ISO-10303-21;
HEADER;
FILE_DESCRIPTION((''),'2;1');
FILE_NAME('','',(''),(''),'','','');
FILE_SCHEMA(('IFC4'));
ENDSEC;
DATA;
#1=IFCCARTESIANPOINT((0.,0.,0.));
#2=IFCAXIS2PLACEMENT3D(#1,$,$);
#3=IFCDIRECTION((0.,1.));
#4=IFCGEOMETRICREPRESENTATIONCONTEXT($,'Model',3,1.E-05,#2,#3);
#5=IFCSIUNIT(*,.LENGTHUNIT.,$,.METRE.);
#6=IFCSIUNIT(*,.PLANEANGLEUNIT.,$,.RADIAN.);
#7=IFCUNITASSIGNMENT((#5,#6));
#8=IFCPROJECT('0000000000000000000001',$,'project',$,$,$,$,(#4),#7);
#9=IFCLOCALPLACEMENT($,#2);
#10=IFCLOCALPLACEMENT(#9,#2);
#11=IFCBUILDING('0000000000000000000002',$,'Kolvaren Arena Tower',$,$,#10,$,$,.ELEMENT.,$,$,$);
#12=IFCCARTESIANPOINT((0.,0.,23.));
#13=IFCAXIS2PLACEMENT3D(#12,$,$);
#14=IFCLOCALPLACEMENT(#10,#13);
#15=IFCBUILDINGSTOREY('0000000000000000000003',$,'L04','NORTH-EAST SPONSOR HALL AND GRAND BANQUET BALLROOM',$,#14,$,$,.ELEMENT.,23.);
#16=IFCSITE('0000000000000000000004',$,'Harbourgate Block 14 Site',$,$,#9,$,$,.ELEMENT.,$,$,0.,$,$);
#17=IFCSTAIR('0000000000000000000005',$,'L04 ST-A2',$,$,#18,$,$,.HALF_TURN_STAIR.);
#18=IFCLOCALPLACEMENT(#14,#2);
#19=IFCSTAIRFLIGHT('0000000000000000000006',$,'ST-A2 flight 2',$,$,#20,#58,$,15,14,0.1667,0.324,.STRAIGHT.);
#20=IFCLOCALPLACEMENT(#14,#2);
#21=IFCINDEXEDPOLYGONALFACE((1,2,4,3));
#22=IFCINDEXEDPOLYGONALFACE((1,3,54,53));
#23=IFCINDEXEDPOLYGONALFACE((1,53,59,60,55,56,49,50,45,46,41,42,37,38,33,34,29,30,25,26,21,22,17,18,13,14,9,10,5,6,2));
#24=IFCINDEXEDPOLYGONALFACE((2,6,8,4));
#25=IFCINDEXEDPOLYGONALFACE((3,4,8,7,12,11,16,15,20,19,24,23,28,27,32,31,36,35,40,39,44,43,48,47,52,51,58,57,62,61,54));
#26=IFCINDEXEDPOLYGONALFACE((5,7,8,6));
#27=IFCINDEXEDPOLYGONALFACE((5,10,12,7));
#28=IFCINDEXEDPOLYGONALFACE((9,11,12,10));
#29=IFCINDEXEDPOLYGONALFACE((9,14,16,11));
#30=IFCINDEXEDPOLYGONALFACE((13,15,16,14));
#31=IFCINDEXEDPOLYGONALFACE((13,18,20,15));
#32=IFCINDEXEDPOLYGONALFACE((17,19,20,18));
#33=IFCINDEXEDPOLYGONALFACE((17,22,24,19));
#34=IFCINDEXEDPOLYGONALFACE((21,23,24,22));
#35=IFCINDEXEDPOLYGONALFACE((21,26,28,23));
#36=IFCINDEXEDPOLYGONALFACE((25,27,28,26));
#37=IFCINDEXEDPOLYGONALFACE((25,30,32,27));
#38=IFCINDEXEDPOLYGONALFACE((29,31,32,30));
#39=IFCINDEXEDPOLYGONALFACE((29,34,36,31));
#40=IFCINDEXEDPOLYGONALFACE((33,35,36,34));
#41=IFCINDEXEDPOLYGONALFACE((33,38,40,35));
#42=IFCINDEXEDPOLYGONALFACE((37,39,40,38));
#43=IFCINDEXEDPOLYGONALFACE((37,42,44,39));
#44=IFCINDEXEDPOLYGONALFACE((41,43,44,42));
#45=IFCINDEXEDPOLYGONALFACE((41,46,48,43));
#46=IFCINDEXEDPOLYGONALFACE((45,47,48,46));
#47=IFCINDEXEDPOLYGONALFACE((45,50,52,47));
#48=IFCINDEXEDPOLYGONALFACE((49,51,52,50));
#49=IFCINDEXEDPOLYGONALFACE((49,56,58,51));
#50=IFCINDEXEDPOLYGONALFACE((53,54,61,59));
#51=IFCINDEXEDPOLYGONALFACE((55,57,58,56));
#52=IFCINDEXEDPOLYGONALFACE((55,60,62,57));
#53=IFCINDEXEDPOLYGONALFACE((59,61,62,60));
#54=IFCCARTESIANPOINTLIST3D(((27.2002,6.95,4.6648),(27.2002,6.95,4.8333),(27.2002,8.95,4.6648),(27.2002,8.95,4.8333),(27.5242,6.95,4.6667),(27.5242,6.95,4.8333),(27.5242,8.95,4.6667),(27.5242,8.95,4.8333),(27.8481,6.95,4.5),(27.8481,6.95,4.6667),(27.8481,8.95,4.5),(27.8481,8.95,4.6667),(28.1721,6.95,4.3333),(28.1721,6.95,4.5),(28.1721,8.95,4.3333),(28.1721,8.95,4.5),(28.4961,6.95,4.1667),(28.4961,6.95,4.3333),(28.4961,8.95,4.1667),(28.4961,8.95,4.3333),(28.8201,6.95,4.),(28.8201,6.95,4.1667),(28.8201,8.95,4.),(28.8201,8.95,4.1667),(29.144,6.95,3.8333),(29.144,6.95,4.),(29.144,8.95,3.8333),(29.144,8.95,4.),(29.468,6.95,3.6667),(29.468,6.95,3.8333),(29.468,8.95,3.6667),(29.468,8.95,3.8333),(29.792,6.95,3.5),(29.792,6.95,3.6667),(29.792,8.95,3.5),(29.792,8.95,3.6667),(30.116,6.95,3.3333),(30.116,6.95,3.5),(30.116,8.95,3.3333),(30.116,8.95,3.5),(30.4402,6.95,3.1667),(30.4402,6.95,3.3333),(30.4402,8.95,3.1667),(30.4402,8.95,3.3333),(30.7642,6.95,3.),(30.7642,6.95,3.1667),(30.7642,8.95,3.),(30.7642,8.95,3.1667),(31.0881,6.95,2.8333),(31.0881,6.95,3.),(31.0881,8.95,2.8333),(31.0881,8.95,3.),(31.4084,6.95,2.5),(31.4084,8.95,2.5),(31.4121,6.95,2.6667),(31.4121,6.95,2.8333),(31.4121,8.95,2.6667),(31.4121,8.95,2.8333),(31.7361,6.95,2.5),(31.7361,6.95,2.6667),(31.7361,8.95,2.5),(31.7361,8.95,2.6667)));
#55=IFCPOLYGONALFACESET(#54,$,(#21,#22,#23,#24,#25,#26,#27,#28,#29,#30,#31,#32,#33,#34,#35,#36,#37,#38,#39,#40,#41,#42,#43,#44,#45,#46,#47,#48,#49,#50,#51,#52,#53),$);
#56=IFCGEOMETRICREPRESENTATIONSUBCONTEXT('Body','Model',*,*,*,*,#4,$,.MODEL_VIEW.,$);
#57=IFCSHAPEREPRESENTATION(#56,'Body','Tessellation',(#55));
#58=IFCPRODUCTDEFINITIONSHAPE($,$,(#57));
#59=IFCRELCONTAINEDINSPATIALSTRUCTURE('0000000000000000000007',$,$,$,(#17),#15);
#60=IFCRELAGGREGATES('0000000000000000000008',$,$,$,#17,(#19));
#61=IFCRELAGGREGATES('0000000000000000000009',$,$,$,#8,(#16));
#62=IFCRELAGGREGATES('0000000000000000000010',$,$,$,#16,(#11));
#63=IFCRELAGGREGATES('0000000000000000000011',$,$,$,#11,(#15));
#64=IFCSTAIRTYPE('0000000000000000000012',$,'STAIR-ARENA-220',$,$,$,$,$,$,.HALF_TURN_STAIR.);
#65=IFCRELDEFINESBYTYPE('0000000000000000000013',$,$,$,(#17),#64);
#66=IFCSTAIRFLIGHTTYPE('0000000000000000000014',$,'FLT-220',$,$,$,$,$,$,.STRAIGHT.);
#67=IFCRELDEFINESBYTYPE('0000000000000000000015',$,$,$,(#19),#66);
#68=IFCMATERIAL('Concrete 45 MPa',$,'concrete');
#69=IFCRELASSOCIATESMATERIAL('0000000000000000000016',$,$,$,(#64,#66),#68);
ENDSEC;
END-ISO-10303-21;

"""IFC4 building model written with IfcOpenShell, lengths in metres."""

from ifc_helpers import new_model, si_unit, direction, frame, origin, place, context, subcontext, project, spatial, polyline, outline, extrude, material, type_object, element, aggregate, save


model = new_model("IFC4")

# Units and contexts
model_context = context("Model", 3, precision=1e-05, world=origin(), true_north=direction((0.0, 1.0)))
body_context = subcontext(model_context, "Body", "Model", "MODEL_VIEW")
ifc_project = project(units=[si_unit("LENGTHUNIT", "METRE"), si_unit("PLANEANGLEUNIT", "RADIAN")], contexts=[model_context])

# Site, building, storey
site_placement = place(None, origin())
site = spatial("IfcSite", under=ifc_project, at=site_placement, Name="Harbourgate Block 14 Site", CompositionType="ELEMENT", RefElevation=0.0)
building_placement = place(site_placement, origin())
building = spatial("IfcBuilding", under=site, at=building_placement, Name="Kolvaren Arena Tower", CompositionType="ELEMENT")
storey_placement = place(building_placement, frame((0.0, 0.0, 23.0)))
storey = spatial("IfcBuildingStorey", under=building, at=storey_placement, Name="L04", Description="NORTH-EAST SPONSOR HALL AND GRAND BANQUET BALLROOM", CompositionType="ELEMENT", Elevation=23.0)

# Shared definitions
ifc_material_1 = material(Name="Concrete 45 MPa", Category="concrete")

# Stair, stair flight
stair_type = type_object("IfcStairType", Name="STAIR-ARENA-220", PredefinedType="HALF_TURN_STAIR", material=ifc_material_1)
stair_placement = place(storey_placement, origin())
stair = element("IfcStair", 1, at=stair_placement, inside=storey, type_object=stair_type, Name="L04 ST-A2", PredefinedType="HALF_TURN_STAIR")
stair_flight_type = type_object("IfcStairFlightType", Name="FLT-220", PredefinedType="STRAIGHT", material=ifc_material_1)
stair_flight_1_placement = place(storey_placement, frame((31.7361, 7.95, 2.5), z_axis=(0.0, 0.0, 1.0), x_axis=(-1.0, 0.0, 0.0)))
stair_flight_1 = element("IfcStairFlight", 2, at=stair_flight_1_placement, type_object=stair_flight_type, Name="ST-A2 flight 2", NumberOfRisers=15, NumberOfTreads=14, PredefinedType="STRAIGHT", RiserHeight=0.1667, TreadLength=0.324, context=body_context, shape_type="SweptSolid", body=[
    extrude(outline(polyline([(0.0, 0.0), (0.0, 0.1667), (0.324, 0.1667), (0.324, 0.3333), (0.6479, 0.3333), (0.6479, 0.5), (0.9719, 0.5), (0.9719, 0.6667), (1.2959, 0.6667), (1.2959, 0.8333), (1.6201, 0.8333), (1.6201, 1.0), (1.9441, 1.0), (1.9441, 1.1667), (2.2681, 1.1667), (2.2681, 1.3333), (2.592, 1.3333), (2.592, 1.5), (2.916, 1.5), (2.916, 1.6667), (3.24, 1.6667), (3.24, 1.8333), (3.564, 1.8333), (3.564, 2.0), (3.8879, 2.0), (3.8879, 2.1667), (4.2119, 2.1667), (4.2119, 2.3333), (4.5359, 2.3333), (4.5359, 2.5), (4.5359, 2.1648), (0.3276, 0.0), (0.0, 0.0)])), frame((0.0, 1.0, 0.0), z_axis=(0.0, -1.0, 0.0), x_axis=(1.0, 0.0, 0.0)), (0.0, 0.0, 1.0), 2.0),
])
aggregate(stair, [stair_flight_1])

save(model, "model.ifc")
